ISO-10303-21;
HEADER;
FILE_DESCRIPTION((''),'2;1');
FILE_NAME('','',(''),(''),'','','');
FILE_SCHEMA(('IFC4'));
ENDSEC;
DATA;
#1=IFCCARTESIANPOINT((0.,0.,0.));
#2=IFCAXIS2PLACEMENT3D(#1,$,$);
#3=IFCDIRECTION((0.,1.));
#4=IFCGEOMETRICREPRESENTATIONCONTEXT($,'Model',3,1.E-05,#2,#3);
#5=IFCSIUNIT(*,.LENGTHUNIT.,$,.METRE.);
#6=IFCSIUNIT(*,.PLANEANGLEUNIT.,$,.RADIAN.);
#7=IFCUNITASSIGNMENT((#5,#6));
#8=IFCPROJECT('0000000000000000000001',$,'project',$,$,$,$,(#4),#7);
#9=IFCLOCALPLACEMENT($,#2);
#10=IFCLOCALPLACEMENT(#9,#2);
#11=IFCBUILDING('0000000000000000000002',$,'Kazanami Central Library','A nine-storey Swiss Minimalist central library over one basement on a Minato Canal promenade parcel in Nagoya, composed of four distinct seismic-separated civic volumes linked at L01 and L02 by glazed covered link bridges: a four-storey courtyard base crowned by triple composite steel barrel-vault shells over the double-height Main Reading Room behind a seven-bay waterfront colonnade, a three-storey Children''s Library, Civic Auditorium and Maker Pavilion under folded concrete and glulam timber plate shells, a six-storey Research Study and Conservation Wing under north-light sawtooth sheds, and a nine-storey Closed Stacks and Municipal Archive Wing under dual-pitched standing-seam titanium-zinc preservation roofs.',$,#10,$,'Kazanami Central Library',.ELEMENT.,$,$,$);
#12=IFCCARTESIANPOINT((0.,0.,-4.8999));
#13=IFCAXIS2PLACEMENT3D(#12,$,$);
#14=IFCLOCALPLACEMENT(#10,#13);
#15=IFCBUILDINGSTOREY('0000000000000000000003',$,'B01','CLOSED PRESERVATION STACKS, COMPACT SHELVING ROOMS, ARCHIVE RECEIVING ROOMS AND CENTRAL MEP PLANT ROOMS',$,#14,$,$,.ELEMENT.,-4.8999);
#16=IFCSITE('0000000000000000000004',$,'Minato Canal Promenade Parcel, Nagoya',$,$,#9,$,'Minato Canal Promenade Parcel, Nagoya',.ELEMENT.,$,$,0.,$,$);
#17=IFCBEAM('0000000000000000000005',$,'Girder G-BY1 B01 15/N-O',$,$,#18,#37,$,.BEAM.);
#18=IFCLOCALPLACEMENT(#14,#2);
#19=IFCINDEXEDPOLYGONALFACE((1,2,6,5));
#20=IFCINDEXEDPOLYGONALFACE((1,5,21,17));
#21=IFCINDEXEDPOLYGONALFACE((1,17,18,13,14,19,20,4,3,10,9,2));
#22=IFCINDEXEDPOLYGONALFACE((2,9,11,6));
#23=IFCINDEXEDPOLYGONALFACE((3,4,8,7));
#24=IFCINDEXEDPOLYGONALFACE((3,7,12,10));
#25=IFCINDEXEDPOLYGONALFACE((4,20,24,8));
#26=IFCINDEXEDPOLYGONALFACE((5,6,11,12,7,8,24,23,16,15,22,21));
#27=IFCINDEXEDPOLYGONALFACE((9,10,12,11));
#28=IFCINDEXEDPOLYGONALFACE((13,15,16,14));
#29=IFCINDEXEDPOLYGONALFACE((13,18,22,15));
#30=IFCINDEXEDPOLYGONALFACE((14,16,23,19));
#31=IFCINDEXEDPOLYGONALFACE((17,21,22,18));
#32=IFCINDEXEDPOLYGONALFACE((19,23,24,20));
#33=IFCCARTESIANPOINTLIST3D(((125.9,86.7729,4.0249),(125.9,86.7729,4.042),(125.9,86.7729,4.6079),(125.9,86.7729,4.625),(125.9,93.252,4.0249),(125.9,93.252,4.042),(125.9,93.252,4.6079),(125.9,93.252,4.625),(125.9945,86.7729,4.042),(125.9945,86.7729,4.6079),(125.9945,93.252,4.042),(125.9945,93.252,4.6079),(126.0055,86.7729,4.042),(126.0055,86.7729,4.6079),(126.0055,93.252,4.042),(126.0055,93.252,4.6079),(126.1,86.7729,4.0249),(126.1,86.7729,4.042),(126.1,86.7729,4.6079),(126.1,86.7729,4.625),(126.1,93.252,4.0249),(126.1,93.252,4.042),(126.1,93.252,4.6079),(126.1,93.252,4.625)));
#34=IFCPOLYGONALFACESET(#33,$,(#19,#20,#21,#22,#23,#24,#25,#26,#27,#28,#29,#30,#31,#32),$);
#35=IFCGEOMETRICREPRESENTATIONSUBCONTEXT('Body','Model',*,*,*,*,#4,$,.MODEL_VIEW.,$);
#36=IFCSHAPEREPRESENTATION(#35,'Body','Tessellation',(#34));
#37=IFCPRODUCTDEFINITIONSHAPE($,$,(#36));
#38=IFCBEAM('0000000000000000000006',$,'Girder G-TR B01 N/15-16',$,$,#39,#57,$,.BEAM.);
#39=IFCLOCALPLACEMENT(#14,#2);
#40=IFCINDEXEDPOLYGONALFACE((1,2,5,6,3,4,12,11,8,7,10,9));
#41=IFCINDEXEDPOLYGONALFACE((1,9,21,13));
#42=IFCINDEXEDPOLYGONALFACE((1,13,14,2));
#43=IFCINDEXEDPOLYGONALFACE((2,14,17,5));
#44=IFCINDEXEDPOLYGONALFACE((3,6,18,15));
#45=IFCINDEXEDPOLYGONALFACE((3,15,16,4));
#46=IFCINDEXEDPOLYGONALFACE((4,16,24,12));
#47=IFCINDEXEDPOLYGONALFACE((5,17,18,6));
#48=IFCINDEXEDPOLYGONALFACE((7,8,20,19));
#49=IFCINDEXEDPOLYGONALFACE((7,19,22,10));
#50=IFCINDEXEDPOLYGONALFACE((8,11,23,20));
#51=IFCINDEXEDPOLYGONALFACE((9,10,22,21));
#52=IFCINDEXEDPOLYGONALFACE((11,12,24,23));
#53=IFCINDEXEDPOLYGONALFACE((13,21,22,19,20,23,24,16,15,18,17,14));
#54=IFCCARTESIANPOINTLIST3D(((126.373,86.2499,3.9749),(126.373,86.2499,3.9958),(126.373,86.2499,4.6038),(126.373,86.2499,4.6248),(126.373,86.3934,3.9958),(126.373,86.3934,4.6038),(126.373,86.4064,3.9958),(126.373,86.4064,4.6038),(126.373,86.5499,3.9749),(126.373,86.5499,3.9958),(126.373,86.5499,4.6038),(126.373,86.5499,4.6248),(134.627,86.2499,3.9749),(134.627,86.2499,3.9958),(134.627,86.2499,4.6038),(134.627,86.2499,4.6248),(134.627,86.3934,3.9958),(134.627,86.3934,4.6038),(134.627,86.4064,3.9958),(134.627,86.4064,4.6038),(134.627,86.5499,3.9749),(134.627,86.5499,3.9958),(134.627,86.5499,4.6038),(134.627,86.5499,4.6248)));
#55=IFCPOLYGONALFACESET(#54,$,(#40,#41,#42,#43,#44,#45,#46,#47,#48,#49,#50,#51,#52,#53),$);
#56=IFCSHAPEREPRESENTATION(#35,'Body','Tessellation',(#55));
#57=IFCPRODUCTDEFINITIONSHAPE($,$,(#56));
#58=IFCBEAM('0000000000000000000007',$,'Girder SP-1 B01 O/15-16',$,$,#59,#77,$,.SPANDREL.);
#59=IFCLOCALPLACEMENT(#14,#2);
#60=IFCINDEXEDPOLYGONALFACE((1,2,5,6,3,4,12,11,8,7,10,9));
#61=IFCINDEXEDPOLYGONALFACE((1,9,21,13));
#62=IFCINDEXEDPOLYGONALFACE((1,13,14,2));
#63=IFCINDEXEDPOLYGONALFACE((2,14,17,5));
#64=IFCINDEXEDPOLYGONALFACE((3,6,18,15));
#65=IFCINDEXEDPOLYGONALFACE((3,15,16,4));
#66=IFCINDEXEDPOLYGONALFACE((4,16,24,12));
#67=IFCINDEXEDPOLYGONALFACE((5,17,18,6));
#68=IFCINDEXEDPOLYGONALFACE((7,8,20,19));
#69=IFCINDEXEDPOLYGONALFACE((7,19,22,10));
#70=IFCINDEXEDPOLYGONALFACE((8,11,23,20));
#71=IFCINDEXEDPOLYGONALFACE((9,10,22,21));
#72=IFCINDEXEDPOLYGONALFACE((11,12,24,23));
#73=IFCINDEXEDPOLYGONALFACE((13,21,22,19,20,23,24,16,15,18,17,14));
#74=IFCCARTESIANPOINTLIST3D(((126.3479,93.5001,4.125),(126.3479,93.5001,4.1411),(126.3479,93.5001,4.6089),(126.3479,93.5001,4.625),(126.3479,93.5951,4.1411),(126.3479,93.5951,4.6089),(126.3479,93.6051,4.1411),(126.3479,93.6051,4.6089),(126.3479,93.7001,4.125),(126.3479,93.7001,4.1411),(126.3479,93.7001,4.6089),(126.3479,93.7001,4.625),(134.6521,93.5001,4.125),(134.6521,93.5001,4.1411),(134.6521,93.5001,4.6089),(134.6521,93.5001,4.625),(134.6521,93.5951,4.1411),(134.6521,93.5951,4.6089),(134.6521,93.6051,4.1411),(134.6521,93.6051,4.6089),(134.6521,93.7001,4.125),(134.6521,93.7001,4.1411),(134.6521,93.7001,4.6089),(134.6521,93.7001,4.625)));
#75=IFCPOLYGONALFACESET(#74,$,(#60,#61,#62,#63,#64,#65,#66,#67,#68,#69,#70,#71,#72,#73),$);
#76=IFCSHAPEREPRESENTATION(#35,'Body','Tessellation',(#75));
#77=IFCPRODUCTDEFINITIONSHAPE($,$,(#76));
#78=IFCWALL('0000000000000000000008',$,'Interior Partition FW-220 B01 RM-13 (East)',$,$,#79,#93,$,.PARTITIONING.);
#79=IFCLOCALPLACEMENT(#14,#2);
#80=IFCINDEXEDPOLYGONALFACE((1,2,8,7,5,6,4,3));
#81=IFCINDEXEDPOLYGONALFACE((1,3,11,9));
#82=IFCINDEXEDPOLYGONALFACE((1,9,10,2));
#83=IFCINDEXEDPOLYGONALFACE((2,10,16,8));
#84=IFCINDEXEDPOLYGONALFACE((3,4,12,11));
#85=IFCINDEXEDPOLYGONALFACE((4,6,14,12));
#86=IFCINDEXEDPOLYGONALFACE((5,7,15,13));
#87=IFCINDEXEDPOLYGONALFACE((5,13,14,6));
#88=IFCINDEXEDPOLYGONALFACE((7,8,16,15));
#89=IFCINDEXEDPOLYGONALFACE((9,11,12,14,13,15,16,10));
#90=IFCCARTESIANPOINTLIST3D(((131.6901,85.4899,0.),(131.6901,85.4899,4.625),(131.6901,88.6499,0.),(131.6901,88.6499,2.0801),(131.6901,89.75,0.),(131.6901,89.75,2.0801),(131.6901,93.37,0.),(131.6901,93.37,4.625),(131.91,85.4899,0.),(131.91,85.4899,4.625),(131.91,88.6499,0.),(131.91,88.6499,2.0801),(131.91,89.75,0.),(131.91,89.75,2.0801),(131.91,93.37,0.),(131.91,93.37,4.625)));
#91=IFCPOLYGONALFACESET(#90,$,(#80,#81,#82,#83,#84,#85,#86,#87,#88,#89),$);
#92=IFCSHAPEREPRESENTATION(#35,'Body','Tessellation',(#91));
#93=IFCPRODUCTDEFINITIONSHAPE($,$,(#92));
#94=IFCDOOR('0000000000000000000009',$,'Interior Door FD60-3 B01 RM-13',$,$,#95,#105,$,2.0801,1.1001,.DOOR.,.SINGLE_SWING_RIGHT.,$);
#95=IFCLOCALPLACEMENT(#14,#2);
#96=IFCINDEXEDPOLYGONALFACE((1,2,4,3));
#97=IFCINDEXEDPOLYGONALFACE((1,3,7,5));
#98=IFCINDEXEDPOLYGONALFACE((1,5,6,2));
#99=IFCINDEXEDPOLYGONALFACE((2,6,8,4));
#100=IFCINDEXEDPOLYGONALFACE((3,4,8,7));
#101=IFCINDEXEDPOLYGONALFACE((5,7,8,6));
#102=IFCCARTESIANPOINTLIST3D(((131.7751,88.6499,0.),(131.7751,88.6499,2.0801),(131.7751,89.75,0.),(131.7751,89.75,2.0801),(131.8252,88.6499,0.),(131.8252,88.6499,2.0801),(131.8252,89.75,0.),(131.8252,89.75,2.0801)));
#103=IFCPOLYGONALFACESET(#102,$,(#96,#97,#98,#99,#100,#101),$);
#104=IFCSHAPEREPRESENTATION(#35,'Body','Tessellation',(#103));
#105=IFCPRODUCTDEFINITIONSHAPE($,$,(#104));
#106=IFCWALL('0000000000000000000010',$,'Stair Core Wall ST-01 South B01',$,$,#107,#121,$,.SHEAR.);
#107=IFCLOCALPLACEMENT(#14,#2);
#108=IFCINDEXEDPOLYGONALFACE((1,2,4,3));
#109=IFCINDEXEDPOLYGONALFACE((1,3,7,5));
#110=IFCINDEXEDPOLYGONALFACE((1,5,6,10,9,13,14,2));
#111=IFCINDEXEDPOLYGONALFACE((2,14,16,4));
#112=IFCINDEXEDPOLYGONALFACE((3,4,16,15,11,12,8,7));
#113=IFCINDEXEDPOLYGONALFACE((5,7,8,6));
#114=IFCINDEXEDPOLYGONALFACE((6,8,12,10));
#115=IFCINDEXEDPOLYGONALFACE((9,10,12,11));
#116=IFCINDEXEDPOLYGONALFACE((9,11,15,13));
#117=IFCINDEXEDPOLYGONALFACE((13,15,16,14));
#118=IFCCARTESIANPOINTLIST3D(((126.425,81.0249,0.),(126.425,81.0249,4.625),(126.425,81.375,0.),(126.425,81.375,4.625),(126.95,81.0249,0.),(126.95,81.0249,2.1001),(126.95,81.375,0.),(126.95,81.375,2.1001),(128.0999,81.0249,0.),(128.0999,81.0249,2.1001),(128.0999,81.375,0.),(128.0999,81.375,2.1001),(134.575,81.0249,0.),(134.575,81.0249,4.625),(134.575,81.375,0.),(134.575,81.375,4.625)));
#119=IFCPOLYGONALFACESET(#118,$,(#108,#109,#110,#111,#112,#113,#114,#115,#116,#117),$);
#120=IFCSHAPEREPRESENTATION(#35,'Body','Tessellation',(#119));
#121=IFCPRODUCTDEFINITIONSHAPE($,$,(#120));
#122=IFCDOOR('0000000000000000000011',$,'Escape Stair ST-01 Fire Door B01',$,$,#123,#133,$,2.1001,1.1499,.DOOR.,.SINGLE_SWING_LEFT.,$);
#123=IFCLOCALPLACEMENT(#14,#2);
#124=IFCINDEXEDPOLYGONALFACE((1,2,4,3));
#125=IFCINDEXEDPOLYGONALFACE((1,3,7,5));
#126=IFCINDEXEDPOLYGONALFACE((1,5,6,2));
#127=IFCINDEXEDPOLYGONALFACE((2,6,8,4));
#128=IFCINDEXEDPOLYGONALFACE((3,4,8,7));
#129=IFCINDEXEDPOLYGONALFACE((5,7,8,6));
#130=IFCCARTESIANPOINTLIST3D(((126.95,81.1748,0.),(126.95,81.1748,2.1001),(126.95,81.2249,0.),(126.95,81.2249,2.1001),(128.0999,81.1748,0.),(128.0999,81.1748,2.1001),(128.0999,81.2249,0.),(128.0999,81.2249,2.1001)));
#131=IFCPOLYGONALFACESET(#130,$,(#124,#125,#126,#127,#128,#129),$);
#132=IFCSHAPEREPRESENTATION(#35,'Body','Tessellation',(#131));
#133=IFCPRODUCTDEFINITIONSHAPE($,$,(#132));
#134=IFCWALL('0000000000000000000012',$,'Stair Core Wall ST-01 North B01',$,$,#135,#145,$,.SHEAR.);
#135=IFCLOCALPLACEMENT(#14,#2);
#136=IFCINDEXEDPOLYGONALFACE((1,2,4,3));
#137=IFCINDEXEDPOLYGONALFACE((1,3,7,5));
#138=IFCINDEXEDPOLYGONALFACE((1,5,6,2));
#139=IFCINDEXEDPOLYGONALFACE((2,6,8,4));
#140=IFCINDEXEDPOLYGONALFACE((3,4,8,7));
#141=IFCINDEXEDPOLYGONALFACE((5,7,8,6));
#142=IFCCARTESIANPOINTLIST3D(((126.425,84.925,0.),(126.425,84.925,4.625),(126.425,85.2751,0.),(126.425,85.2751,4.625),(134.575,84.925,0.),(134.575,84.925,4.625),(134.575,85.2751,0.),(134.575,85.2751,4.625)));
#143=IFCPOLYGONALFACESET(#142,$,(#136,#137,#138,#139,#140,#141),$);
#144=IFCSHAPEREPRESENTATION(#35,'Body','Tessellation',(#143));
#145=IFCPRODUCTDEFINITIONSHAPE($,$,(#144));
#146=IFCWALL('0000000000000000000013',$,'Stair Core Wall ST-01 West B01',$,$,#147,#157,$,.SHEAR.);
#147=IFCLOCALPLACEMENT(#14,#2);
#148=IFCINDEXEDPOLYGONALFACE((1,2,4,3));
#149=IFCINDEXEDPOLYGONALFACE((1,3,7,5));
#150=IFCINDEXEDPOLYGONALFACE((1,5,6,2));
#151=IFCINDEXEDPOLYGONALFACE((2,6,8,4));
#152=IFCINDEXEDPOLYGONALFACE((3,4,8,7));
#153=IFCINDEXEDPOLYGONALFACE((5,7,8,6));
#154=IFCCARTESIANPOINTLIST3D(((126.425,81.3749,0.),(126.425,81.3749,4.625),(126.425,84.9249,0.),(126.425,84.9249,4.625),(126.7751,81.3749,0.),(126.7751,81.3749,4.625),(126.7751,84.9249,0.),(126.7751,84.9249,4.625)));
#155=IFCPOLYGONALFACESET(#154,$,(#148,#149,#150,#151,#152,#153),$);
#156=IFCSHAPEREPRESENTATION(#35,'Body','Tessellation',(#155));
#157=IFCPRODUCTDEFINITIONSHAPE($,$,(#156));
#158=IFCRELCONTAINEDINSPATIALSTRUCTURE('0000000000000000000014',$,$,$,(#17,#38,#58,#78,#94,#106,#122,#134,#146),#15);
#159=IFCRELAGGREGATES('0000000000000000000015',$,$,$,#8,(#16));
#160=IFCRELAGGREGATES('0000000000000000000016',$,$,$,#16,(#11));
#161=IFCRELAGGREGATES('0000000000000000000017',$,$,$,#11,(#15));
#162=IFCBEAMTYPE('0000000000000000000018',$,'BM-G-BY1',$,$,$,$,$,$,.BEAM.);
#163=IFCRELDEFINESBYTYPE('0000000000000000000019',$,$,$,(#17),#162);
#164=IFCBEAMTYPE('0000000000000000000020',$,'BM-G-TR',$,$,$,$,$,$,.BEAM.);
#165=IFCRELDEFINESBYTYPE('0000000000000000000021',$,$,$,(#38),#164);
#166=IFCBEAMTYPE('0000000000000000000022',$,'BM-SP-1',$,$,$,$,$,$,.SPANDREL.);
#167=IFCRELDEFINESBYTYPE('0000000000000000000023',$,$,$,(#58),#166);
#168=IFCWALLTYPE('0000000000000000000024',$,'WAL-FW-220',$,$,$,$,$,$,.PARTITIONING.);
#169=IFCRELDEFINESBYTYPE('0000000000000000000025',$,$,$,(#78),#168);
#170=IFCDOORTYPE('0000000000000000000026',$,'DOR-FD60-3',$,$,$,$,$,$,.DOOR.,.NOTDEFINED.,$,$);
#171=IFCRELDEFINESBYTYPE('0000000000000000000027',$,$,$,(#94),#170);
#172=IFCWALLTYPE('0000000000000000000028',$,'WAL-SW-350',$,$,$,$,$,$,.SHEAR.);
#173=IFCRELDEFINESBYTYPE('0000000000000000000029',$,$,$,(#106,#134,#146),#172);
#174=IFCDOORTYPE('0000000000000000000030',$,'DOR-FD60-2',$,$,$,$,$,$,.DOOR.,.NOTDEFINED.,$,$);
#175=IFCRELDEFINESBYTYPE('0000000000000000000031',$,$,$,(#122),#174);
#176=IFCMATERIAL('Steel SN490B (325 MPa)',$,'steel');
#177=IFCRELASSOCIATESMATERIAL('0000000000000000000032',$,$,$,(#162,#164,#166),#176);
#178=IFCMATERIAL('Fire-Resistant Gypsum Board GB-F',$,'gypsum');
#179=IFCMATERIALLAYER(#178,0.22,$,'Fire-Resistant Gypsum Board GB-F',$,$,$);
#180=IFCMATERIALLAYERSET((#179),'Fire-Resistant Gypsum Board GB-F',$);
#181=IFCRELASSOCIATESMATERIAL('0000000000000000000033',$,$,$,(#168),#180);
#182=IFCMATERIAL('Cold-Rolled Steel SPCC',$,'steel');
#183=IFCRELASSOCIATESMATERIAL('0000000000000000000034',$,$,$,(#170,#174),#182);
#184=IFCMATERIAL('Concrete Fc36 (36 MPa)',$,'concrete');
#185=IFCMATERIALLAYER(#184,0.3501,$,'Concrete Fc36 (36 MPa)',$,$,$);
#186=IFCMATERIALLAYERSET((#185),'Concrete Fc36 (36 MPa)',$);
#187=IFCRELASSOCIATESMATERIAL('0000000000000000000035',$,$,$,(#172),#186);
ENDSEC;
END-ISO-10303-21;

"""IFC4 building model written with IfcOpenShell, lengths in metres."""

from ifc_helpers import new_model, si_unit, direction, frame, frame_2d, origin, origin_2d, place, context, subcontext, project, spatial, rectangle, i_section, extrude, material, layer, layer_set, material_profile, profile_set, type_object, element, fill, save


model = new_model("IFC4")

# Units and contexts
model_context = context("Model", 3, precision=1e-05, world=origin(), true_north=direction((0.0, 1.0)))
body_context = subcontext(model_context, "Body", "Model", "MODEL_VIEW")
ifc_project = project(units=[si_unit("LENGTHUNIT", "METRE"), si_unit("PLANEANGLEUNIT", "RADIAN")], contexts=[model_context])

# Site, building, storey
site_placement = place(None, origin())
site = spatial("IfcSite", under=ifc_project, at=site_placement, Name="Minato Canal Promenade Parcel, Nagoya", LongName="Minato Canal Promenade Parcel, Nagoya", CompositionType="ELEMENT", RefElevation=0.0)
building_placement = place(site_placement, origin())
building = spatial("IfcBuilding", under=site, at=building_placement, Name="Kazanami Central Library", Description="A nine-storey Swiss Minimalist central library over one basement on a Minato Canal promenade parcel in Nagoya, composed of four distinct seismic-separated civic volumes linked at L01 and L02 by glazed covered link bridges: a four-storey courtyard base crowned by triple composite steel barrel-vault shells over the double-height Main Reading Room behind a seven-bay waterfront colonnade, a three-storey Children's Library, Civic Auditorium and Maker Pavilion under folded concrete and glulam timber plate shells, a six-storey Research Study and Conservation Wing under north-light sawtooth sheds, and a nine-storey Closed Stacks and Municipal Archive Wing under dual-pitched standing-seam titanium-zinc preservation roofs.", LongName="Kazanami Central Library", CompositionType="ELEMENT")
storey_placement = place(building_placement, frame((0.0, 0.0, -4.8999)))
storey = spatial("IfcBuildingStorey", under=building, at=storey_placement, Name="B01", Description="CLOSED PRESERVATION STACKS, COMPACT SHELVING ROOMS, ARCHIVE RECEIVING ROOMS AND CENTRAL MEP PLANT ROOMS", CompositionType="ELEMENT", Elevation=-4.8999)

# Shared definitions
ifc_material_1 = material(Name="Concrete Fc36 (36 MPa)", Category="concrete")

# Beams
ifc_material_2 = material(Name="Steel SN490B (325 MPa)", Category="steel")
ifc_material_profile_1 = material_profile(ifc_material_2, i_section(OverallWidth=0.2, OverallDepth=0.6001, WebThickness=0.011, FlangeThickness=0.0171, at=origin_2d()), Name="H-600x200x11x17")
ifc_profile_set_1 = profile_set([ifc_material_profile_1], Name="Steel SN490B (325 MPa)")
beam_type_1 = type_object("IfcBeamType", Name="BM-G-BY1", PredefinedType="BEAM", material=ifc_profile_set_1)
beam_1_placement = place(storey_placement, frame((126.0, 86.7729, 4.325), z_axis=(0.0, 1.0, 0.0), x_axis=(-1.0, 0.0, 0.0)))
element("IfcBeam", 1, at=beam_1_placement, inside=storey, type_object=beam_type_1, Name="Girder G-BY1 B01 15/N-O", PredefinedType="BEAM", context=body_context, shape_type="SweptSolid", body=[
    extrude(i_section(OverallWidth=0.2, OverallDepth=0.6001, WebThickness=0.011, FlangeThickness=0.0171, at=origin_2d()), origin(), (0.0, 0.0, 1.0), 6.479),
])
ifc_material_profile_2 = material_profile(ifc_material_2, i_section(OverallWidth=0.3, OverallDepth=0.6499, WebThickness=0.0129, FlangeThickness=0.021, at=origin_2d()), Name="H-650x300x13x21")
ifc_profile_set_2 = profile_set([ifc_material_profile_2], Name="Steel SN490B (325 MPa)")
beam_type_2 = type_object("IfcBeamType", Name="BM-G-TR", PredefinedType="BEAM", material=ifc_profile_set_2)
beam_2_placement = place(storey_placement, frame((126.373, 86.3999, 4.2998), z_axis=(1.0, 0.0, 0.0), x_axis=(0.0, 1.0, 0.0)))
element("IfcBeam", 2, at=beam_2_placement, inside=storey, type_object=beam_type_2, Name="Girder G-TR B01 N/15-16", PredefinedType="BEAM", context=body_context, shape_type="SweptSolid", body=[
    extrude(i_section(OverallWidth=0.3, OverallDepth=0.6499, WebThickness=0.0129, FlangeThickness=0.021, at=origin_2d()), origin(), (0.0, 0.0, 1.0), 8.2539),
])
ifc_material_profile_3 = material_profile(ifc_material_2, i_section(OverallWidth=0.2, OverallDepth=0.5, WebThickness=0.01, FlangeThickness=0.0161, at=origin_2d()), Name="H-500x200x10x16")
ifc_profile_set_3 = profile_set([ifc_material_profile_3], Name="Steel SN490B (325 MPa)")
beam_type_3 = type_object("IfcBeamType", Name="BM-SP-1", PredefinedType="SPANDREL", material=ifc_profile_set_3)
beam_3_placement = place(storey_placement, frame((126.3479, 93.6001, 4.375), z_axis=(1.0, 0.0, 0.0), x_axis=(0.0, 1.0, 0.0)))
element("IfcBeam", 3, at=beam_3_placement, inside=storey, type_object=beam_type_3, Name="Girder SP-1 B01 O/15-16", PredefinedType="SPANDREL", context=body_context, shape_type="SweptSolid", body=[
    extrude(i_section(OverallWidth=0.2, OverallDepth=0.5, WebThickness=0.01, FlangeThickness=0.0161, at=origin_2d()), origin(), (0.0, 0.0, 1.0), 8.3042),
])

# Walls, openings, doors
ifc_material_3 = material(Name="Fire-Resistant Gypsum Board GB-F", Category="gypsum")
ifc_layer_1 = layer(ifc_material_3, 0.22, Name="Fire-Resistant Gypsum Board GB-F")
ifc_layer_set_1 = layer_set([ifc_layer_1], Name="Fire-Resistant Gypsum Board GB-F")
wall_type_1 = type_object("IfcWallType", Name="WAL-FW-220", PredefinedType="PARTITIONING", material=ifc_layer_set_1)
wall_1_placement = place(storey_placement, frame((131.8, 85.49, 0.0), z_axis=(0.0, 0.0, 1.0), x_axis=(0.0, 1.0, 0.0)))
wall_1 = element("IfcWall", 4, at=wall_1_placement, inside=storey, type_object=wall_type_1, Name="Interior Partition FW-220 B01 RM-13 (East)", PredefinedType="PARTITIONING", context=body_context, shape_type="SweptSolid", body=[
    extrude(rectangle(XDim=7.8801, YDim=0.22, at=frame_2d((3.9399, 0.0))), origin(), (0.0, 0.0, 1.0), 4.625),
])
opening_1_placement = place(wall_1_placement, frame((3.1599, 0.0, 0.0)))
opening_1 = element("IfcOpeningElement", 5, at=opening_1_placement, cuts=wall_1, PredefinedType="OPENING", context=body_context, shape_type="SweptSolid", body=[
    extrude(rectangle(XDim=1.1001, YDim=2.0801, at=frame_2d((0.55, 1.04))), frame((0.0, 0.1221, 0.0), z_axis=(0.0, -1.0, 0.0), x_axis=(1.0, 0.0, 0.0)), (0.0, 0.0, 1.0), 0.2439),
])
ifc_material_4 = material(Name="Cold-Rolled Steel SPCC", Category="steel")
door_type_1 = type_object("IfcDoorType", Name="DOR-FD60-3", OperationType="NOTDEFINED", PredefinedType="DOOR", material=ifc_material_4)
door_1_placement = place(opening_1_placement, origin())
door_1 = element("IfcDoor", 6, at=door_1_placement, inside=storey, type_object=door_type_1, Name="Interior Door FD60-3 B01 RM-13", OperationType="SINGLE_SWING_RIGHT", OverallHeight=2.0801, OverallWidth=1.1001, PredefinedType="DOOR", context=body_context, shape_type="SweptSolid", body=[
    extrude(rectangle(XDim=1.1001, YDim=2.0801, at=frame_2d((0.55, 1.04))), frame((0.0, 0.0249, 0.0), z_axis=(0.0, -1.0, 0.0), x_axis=(1.0, 0.0, 0.0)), (0.0, 0.0, 1.0), 0.05),
])
fill(opening_1, door_1)
ifc_layer_2 = layer(ifc_material_1, 0.3501, Name="Concrete Fc36 (36 MPa)")
ifc_layer_set_2 = layer_set([ifc_layer_2], Name="Concrete Fc36 (36 MPa)")
wall_type_2 = type_object("IfcWallType", Name="WAL-SW-350", PredefinedType="SHEAR", material=ifc_layer_set_2)
wall_2_placement = place(storey_placement, frame((126.425, 81.2, 0.0), z_axis=(0.0, 0.0, 1.0), x_axis=(1.0, 0.0, 0.0)))
wall_2 = element("IfcWall", 7, at=wall_2_placement, inside=storey, type_object=wall_type_2, Name="Stair Core Wall ST-01 South B01", PredefinedType="SHEAR", context=body_context, shape_type="SweptSolid", body=[
    extrude(rectangle(XDim=8.1499, YDim=0.3501, at=frame_2d((4.075, 0.0))), origin(), (0.0, 0.0, 1.0), 4.625),
])
opening_2_placement = place(wall_2_placement, frame((0.5249, 0.0, 0.0)))
opening_2 = element("IfcOpeningElement", 8, at=opening_2_placement, cuts=wall_2, PredefinedType="OPENING", context=body_context, shape_type="SweptSolid", body=[
    extrude(rectangle(XDim=1.1499, YDim=2.1001, at=frame_2d((0.575, 1.05))), frame((0.0, 0.187, 0.0), z_axis=(0.0, -1.0, 0.0), x_axis=(1.0, 0.0, 0.0)), (0.0, 0.0, 1.0), 0.374),
])
door_type_2 = type_object("IfcDoorType", Name="DOR-FD60-2", OperationType="NOTDEFINED", PredefinedType="DOOR", material=ifc_material_4)
door_2_placement = place(opening_2_placement, origin())
door_2 = element("IfcDoor", 9, at=door_2_placement, inside=storey, type_object=door_type_2, Name="Escape Stair ST-01 Fire Door B01", OperationType="SINGLE_SWING_LEFT", OverallHeight=2.1001, OverallWidth=1.1499, PredefinedType="DOOR", context=body_context, shape_type="SweptSolid", body=[
    extrude(rectangle(XDim=1.1499, YDim=2.1001, at=frame_2d((0.575, 1.05))), frame((0.0, 0.0249, 0.0), z_axis=(0.0, -1.0, 0.0), x_axis=(1.0, 0.0, 0.0)), (0.0, 0.0, 1.0), 0.05),
])
fill(opening_2, door_2)

# Walls
wall_3_placement = place(storey_placement, frame((126.425, 85.1001, 0.0), z_axis=(0.0, 0.0, 1.0), x_axis=(1.0, 0.0, 0.0)))
element("IfcWall", 10, at=wall_3_placement, inside=storey, type_object=wall_type_2, Name="Stair Core Wall ST-01 North B01", PredefinedType="SHEAR", context=body_context, shape_type="SweptSolid", body=[
    extrude(rectangle(XDim=8.1499, YDim=0.3501, at=frame_2d((4.075, 0.0))), origin(), (0.0, 0.0, 1.0), 4.625),
])
wall_4_placement = place(storey_placement, frame((126.6001, 81.375, 0.0), z_axis=(0.0, 0.0, 1.0), x_axis=(0.0, 1.0, 0.0)))
element("IfcWall", 11, at=wall_4_placement, inside=storey, type_object=wall_type_2, Name="Stair Core Wall ST-01 West B01", PredefinedType="SHEAR", context=body_context, shape_type="SweptSolid", body=[
    extrude(rectangle(XDim=3.55, YDim=0.3501, at=frame_2d((1.7749, 0.0))), origin(), (0.0, 0.0, 1.0), 4.625),
])

save(model, "model.ifc")
